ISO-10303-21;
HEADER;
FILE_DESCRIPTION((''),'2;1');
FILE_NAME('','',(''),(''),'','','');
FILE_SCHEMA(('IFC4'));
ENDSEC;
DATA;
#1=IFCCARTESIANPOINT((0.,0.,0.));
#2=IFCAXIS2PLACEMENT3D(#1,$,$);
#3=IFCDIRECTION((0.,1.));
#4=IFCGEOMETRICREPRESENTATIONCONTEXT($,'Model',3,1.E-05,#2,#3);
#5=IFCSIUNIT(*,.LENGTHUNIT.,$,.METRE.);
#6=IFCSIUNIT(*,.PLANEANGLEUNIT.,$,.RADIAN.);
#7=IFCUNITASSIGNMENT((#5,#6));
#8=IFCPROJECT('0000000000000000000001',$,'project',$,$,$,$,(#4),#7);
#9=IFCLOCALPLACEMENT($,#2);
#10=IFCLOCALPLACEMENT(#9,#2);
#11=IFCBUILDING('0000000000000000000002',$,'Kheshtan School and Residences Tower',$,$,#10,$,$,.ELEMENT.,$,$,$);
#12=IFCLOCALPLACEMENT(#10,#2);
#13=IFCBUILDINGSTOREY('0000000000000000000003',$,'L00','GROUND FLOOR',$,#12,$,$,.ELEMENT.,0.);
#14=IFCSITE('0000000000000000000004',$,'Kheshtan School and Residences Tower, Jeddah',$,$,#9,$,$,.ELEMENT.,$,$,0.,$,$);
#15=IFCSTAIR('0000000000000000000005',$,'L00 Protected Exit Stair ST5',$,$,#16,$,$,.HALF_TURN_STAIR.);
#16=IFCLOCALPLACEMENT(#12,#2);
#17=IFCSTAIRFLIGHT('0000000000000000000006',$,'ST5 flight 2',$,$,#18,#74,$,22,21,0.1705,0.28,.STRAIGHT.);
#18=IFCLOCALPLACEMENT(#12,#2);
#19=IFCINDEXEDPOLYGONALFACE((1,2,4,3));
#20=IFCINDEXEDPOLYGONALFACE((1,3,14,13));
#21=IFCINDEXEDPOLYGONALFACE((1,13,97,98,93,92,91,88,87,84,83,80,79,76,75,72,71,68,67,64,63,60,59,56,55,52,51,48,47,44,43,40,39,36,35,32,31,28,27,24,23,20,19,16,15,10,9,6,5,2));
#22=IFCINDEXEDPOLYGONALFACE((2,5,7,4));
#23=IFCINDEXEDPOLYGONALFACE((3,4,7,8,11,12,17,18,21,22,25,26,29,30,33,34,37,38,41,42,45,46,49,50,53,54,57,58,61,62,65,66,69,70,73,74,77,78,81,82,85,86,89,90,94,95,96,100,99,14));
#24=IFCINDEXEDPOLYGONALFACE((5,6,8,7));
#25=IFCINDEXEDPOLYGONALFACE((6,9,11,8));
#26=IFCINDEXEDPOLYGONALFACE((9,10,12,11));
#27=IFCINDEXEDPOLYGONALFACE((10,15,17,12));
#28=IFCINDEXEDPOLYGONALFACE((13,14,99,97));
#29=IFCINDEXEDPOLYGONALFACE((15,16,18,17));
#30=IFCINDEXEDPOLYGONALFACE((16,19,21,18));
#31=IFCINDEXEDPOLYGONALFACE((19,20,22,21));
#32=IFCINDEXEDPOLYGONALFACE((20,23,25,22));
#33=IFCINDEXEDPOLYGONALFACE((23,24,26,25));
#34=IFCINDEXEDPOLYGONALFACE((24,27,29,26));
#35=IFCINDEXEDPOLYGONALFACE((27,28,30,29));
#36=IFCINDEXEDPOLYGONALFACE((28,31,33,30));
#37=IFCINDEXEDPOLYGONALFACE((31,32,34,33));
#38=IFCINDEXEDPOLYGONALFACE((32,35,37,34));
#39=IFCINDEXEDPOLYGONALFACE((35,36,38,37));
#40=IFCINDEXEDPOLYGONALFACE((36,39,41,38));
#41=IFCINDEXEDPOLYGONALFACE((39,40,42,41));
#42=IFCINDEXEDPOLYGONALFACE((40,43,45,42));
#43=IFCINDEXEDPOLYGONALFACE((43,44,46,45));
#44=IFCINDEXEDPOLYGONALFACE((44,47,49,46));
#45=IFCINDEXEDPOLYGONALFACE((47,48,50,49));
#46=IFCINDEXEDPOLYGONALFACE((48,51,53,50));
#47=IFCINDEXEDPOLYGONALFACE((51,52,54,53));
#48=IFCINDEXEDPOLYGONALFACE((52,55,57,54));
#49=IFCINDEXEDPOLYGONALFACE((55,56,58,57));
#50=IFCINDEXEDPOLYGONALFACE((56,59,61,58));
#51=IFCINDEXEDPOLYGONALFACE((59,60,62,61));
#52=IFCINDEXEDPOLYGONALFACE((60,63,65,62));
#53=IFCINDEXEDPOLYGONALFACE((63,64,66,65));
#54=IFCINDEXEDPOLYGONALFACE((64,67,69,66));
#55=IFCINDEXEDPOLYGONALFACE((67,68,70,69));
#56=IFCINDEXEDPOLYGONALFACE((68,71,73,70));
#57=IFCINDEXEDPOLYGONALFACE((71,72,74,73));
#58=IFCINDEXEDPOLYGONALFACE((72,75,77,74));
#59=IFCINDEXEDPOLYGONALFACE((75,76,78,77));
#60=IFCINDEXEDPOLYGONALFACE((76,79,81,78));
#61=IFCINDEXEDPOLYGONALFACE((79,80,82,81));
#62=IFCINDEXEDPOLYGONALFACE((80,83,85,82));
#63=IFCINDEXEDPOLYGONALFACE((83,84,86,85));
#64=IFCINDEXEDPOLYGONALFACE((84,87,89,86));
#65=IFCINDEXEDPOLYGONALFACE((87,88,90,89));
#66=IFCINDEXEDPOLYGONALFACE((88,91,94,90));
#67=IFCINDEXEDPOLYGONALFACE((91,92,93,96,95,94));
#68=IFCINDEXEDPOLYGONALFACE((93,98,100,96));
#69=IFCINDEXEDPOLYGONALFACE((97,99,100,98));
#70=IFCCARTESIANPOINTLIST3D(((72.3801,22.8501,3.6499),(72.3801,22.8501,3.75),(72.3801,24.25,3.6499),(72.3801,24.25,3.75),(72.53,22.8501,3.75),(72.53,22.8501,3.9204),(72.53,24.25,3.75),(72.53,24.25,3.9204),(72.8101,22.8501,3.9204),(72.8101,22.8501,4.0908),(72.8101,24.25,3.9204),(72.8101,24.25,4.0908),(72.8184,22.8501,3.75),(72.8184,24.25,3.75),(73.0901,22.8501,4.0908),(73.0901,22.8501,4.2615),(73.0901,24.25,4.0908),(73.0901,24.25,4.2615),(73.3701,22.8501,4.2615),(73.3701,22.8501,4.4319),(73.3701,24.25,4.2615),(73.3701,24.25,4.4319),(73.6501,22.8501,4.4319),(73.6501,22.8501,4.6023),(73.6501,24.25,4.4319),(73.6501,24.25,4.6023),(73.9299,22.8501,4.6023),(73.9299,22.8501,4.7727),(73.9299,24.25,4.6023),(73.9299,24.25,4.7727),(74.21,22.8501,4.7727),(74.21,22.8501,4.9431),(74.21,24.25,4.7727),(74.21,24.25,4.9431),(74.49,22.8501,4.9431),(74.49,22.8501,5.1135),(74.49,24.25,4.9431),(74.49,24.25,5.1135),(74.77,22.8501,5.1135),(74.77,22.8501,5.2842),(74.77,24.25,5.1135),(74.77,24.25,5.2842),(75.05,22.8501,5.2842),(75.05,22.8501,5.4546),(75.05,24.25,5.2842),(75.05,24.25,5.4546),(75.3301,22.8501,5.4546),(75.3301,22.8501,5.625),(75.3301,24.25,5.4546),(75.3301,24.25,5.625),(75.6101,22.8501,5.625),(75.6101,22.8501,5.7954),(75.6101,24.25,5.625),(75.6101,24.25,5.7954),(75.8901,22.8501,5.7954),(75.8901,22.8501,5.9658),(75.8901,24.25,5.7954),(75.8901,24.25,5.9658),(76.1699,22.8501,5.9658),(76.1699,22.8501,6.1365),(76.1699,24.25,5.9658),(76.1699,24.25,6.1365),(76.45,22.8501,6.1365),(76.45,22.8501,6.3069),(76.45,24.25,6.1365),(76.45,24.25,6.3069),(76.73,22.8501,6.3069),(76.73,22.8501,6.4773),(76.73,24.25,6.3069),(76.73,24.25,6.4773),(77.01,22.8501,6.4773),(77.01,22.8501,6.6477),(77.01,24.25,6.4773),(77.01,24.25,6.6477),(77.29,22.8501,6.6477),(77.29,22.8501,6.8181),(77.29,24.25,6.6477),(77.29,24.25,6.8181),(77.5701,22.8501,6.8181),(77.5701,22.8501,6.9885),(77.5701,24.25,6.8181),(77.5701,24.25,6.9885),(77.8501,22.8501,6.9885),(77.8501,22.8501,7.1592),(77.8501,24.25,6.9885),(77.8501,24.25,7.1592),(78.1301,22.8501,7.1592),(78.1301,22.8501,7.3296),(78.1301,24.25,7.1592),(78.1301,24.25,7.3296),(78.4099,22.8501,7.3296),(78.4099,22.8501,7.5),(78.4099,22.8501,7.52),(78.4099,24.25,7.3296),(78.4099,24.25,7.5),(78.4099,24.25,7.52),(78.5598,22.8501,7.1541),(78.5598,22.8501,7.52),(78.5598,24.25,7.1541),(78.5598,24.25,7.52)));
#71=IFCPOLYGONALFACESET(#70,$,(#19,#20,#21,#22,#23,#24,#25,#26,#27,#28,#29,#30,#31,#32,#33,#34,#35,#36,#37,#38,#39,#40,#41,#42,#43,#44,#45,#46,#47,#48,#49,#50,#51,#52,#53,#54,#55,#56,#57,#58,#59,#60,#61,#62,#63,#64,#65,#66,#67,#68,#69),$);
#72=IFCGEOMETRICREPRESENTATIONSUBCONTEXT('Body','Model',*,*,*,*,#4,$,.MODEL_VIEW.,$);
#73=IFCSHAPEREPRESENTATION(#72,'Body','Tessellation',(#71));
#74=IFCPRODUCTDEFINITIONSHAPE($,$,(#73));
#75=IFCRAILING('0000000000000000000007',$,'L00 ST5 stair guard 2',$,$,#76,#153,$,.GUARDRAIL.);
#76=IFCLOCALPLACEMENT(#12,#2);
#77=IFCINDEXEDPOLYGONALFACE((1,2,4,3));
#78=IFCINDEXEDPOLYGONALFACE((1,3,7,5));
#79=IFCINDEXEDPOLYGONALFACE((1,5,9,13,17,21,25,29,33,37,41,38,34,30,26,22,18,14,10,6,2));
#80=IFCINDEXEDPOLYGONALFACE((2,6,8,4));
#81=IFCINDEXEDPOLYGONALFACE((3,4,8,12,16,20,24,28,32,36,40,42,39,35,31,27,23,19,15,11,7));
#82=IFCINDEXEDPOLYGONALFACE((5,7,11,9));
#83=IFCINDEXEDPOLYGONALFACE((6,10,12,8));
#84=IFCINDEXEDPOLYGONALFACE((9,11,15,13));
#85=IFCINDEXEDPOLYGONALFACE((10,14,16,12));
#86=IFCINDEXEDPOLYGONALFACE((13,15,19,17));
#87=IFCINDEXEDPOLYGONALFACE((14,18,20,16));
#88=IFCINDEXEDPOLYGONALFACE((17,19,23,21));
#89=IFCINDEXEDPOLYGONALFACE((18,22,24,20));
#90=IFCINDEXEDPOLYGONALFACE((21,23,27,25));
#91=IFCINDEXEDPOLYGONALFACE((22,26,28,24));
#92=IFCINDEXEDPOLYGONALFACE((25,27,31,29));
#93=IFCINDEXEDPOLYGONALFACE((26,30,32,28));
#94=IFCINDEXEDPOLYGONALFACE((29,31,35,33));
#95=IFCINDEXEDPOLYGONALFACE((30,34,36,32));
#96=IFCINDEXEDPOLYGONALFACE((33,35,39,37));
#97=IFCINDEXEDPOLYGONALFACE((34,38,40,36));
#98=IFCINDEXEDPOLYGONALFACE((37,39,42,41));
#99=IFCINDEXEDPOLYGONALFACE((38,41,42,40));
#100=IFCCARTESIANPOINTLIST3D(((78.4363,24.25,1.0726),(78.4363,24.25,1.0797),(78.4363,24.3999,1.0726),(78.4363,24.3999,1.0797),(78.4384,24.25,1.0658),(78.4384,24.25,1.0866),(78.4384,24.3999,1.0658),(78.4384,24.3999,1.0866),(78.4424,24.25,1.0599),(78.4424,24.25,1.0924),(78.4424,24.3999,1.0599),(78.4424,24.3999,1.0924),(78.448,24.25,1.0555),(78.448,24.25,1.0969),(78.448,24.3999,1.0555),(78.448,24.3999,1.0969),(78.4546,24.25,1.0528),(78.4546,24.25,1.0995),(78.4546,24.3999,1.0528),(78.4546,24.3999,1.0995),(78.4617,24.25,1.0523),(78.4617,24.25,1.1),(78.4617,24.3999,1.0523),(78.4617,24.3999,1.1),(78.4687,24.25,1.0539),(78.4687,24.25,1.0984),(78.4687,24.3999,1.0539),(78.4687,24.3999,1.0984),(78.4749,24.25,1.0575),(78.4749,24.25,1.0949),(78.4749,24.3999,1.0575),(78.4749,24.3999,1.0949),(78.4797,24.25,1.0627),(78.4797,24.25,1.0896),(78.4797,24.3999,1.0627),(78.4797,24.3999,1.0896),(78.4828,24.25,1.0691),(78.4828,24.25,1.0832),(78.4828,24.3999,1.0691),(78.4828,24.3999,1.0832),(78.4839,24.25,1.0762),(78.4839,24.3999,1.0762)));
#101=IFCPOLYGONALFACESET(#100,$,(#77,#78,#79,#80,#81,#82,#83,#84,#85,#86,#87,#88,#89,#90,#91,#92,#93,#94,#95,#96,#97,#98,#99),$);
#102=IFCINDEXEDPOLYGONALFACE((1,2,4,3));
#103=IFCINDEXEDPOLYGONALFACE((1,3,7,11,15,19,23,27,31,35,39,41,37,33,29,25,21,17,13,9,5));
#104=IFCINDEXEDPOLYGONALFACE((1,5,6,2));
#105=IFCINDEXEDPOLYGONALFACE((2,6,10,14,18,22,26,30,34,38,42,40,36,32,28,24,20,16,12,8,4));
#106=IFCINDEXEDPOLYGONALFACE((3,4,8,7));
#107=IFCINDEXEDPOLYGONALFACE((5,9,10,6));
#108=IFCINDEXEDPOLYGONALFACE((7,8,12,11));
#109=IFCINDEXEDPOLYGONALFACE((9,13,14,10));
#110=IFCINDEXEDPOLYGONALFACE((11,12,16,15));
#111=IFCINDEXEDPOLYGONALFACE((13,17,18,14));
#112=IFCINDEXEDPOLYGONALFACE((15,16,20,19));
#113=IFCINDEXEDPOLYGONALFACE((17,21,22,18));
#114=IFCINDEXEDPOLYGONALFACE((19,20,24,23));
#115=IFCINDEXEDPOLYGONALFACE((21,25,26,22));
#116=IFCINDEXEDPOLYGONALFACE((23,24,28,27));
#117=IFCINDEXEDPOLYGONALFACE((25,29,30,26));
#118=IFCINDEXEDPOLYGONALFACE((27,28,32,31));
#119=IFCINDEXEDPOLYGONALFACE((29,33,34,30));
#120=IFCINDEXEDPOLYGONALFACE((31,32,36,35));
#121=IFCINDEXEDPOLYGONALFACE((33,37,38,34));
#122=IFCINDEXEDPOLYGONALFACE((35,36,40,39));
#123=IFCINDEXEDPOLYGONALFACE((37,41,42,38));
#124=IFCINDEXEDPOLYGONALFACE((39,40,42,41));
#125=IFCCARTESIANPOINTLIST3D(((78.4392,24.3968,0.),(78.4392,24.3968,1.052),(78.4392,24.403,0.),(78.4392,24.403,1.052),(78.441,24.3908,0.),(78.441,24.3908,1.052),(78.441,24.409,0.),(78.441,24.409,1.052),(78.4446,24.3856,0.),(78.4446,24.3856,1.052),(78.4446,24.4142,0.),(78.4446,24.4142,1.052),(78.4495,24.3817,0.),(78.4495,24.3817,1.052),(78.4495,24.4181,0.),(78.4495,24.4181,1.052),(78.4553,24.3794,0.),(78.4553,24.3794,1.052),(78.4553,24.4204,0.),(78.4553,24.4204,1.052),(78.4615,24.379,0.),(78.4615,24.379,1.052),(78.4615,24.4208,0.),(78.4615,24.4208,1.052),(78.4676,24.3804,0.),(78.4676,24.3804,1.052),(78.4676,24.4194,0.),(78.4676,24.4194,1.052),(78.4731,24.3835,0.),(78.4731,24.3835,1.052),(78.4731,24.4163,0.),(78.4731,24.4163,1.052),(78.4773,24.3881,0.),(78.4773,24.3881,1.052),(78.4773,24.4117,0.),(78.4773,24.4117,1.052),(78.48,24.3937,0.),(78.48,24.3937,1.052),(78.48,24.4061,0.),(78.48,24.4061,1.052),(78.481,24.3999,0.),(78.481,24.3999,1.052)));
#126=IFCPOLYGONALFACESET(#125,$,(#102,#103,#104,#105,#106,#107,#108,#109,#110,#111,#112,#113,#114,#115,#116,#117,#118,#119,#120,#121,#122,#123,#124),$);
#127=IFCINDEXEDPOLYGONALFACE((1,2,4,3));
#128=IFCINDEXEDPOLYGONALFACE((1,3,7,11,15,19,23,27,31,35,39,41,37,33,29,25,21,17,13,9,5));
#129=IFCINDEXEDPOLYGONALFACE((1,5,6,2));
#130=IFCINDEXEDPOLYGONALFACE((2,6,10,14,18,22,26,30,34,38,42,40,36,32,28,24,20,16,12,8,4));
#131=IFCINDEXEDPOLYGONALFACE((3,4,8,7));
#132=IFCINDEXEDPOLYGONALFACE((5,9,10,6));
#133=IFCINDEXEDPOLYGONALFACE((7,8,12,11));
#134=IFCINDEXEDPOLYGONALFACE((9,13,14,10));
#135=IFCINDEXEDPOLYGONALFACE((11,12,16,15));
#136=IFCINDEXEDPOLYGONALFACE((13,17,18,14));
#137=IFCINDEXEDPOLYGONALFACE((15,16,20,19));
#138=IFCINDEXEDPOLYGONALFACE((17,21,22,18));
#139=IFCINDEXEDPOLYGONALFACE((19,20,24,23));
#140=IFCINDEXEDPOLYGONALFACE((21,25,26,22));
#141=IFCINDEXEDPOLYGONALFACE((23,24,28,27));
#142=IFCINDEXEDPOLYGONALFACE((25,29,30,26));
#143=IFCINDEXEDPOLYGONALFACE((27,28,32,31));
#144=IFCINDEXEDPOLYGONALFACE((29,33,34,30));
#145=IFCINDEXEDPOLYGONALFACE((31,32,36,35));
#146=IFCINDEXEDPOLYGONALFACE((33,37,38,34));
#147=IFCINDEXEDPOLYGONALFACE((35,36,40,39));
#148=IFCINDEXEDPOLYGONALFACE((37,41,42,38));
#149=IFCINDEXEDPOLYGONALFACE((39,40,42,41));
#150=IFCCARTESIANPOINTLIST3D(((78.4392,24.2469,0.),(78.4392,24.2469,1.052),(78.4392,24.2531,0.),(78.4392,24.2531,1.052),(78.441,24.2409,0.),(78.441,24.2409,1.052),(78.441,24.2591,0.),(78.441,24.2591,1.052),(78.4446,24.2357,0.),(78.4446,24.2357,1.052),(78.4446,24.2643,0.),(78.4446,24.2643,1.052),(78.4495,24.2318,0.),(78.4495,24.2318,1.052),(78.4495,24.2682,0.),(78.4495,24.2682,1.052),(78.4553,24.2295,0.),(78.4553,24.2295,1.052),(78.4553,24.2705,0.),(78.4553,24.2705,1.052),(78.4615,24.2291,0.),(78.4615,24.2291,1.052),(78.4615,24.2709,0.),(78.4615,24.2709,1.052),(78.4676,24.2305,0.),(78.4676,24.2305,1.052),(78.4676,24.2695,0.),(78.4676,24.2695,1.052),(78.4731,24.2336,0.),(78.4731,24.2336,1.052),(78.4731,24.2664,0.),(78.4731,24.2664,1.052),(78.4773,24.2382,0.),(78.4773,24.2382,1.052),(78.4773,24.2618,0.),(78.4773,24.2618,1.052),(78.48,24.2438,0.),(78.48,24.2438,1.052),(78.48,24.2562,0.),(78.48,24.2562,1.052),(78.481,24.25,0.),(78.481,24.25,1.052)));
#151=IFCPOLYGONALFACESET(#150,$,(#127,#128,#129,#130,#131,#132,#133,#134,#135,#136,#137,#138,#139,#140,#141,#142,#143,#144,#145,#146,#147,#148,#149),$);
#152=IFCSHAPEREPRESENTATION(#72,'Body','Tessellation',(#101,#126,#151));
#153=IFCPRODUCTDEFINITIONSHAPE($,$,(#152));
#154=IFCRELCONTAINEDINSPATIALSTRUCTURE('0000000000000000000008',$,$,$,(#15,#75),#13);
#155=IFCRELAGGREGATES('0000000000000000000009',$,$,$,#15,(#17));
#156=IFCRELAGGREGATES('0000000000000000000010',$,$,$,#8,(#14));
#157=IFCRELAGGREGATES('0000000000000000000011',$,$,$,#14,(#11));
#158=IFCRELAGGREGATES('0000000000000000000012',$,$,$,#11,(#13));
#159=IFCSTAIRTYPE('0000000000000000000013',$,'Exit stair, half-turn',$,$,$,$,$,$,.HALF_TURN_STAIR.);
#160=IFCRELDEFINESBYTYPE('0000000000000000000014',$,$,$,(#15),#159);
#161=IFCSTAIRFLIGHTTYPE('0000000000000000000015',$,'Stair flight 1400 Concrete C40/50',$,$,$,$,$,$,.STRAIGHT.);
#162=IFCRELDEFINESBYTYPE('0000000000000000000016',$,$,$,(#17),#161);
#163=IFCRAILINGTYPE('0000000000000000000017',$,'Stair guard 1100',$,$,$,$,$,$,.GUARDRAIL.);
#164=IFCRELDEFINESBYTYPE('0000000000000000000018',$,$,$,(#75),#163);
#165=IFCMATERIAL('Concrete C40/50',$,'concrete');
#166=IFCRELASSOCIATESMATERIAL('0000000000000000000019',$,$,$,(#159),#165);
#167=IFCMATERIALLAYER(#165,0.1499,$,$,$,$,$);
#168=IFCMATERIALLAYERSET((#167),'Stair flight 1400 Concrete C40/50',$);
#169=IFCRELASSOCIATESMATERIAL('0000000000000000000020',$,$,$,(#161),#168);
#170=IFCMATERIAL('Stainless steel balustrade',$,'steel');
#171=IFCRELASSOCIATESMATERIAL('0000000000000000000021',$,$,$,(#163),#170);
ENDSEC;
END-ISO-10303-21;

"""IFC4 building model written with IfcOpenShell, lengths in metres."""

from ifc_helpers import new_model, si_unit, direction, frame, origin, origin_2d, place, context, subcontext, project, spatial, polyline, circle, outline, extrude, material, layer, layer_set, type_object, element, aggregate, save


model = new_model("IFC4")

# Units and contexts
model_context = context("Model", 3, precision=1e-05, world=origin(), true_north=direction((0.0, 1.0)))
body_context = subcontext(model_context, "Body", "Model", "MODEL_VIEW")
ifc_project = project(units=[si_unit("LENGTHUNIT", "METRE"), si_unit("PLANEANGLEUNIT", "RADIAN")], contexts=[model_context])

# Site, building, storey
site_placement = place(None, origin())
site = spatial("IfcSite", under=ifc_project, at=site_placement, Name="Kheshtan School and Residences Tower, Jeddah", CompositionType="ELEMENT", RefElevation=0.0)
building_placement = place(site_placement, origin())
building = spatial("IfcBuilding", under=site, at=building_placement, Name="Kheshtan School and Residences Tower", CompositionType="ELEMENT")
storey_placement = place(building_placement, origin())
storey = spatial("IfcBuildingStorey", under=building, at=storey_placement, Name="L00", Description="GROUND FLOOR", CompositionType="ELEMENT", Elevation=0.0)

# Shared definitions
ifc_material_1 = material(Name="Concrete C40/50", Category="concrete")

# Stair, stair flight
stair_type = type_object("IfcStairType", Name="Exit stair, half-turn", PredefinedType="HALF_TURN_STAIR", material=ifc_material_1)
stair_placement = place(storey_placement, origin())
stair = element("IfcStair", 1, at=stair_placement, inside=storey, type_object=stair_type, Name="L00 Protected Exit Stair ST5", PredefinedType="HALF_TURN_STAIR")
ifc_layer_1 = layer(ifc_material_1, 0.1499)
ifc_layer_set_1 = layer_set([ifc_layer_1], Name="Stair flight 1400 Concrete C40/50")
stair_flight_type = type_object("IfcStairFlightType", Name="Stair flight 1400 Concrete C40/50", PredefinedType="STRAIGHT", material=ifc_layer_set_1)
stair_flight_1_placement = place(storey_placement, frame((72.53, 23.55, 3.75), z_axis=(0.0, 0.0, 1.0), x_axis=(1.0, 0.0, 0.0)))
stair_flight_1 = element("IfcStairFlight", 2, at=stair_flight_1_placement, type_object=stair_flight_type, Name="ST5 flight 2", NumberOfRisers=22, NumberOfTreads=21, PredefinedType="STRAIGHT", RiserHeight=0.1705, TreadLength=0.28, context=body_context, shape_type="SweptSolid", body=[
    extrude(outline(polyline([(-0.1499, -0.1001), (-0.1499, 0.0), (0.0, 0.0), (0.0, 0.1704), (0.28, 0.1704), (0.28, 0.3408), (0.5601, 0.3408), (0.5601, 0.5115), (0.8401, 0.5115), (0.8401, 0.6819), (1.1201, 0.6819), (1.1201, 0.8523), (1.3999, 0.8523), (1.3999, 1.0227), (1.6799, 1.0227), (1.6799, 1.1931), (1.96, 1.1931), (1.96, 1.3635), (2.24, 1.3635), (2.24, 1.5342), (2.52, 1.5342), (2.52, 1.7046), (2.8, 1.7046), (2.8, 1.875), (3.0801, 1.875), (3.0801, 2.0454), (3.3601, 2.0454), (3.3601, 2.2158), (3.6399, 2.2158), (3.6399, 2.3865), (3.9199, 2.3865), (3.9199, 2.5569), (4.2, 2.5569), (4.2, 2.7273), (4.48, 2.7273), (4.48, 2.8977), (4.76, 2.8977), (4.76, 3.0681), (5.04, 3.0681), (5.04, 3.2385), (5.3201, 3.2385), (5.3201, 3.4092), (5.6001, 3.4092), (5.6001, 3.5796), (5.8799, 3.5796), (5.8799, 3.75), (5.8799, 3.77), (6.0298, 3.77), (6.0298, 3.4041), (0.2883, 0.0), (-0.1499, -0.1001)])), frame((0.0, 0.7, 0.0), z_axis=(0.0, -1.0, 0.0), x_axis=(1.0, 0.0, 0.0)), (0.0, 0.0, 1.0), 1.3999),
])
aggregate(stair, [stair_flight_1])

# Railing
ifc_material_2 = material(Name="Stainless steel balustrade", Category="steel")
railing_type_1 = type_object("IfcRailingType", Name="Stair guard 1100", PredefinedType="GUARDRAIL", material=ifc_material_2)
railing_1_placement = place(storey_placement, frame((78.46, 24.3999, 0.0)))
element("IfcRailing", 3, at=railing_1_placement, inside=storey, type_object=railing_type_1, Name="L00 ST5 stair guard 2", PredefinedType="GUARDRAIL", context=body_context, shape_type="SweptSolid", body=[
    extrude(circle(Radius=0.0239, at=origin_2d()), frame((0.0, 0.0, 1.0762), z_axis=(0.0, -1.0, 0.0), x_axis=(1.0, 0.0, 0.0)), (0.0, 0.0, 1.0), 0.1499),
    extrude(circle(Radius=0.021, at=origin_2d()), origin(), (0.0, 0.0, 1.0), 1.052),
    extrude(circle(Radius=0.021, at=origin_2d()), frame((0.0, -0.1499, 0.0)), (0.0, 0.0, 1.0), 1.052),
])

save(model, "model.ifc")
